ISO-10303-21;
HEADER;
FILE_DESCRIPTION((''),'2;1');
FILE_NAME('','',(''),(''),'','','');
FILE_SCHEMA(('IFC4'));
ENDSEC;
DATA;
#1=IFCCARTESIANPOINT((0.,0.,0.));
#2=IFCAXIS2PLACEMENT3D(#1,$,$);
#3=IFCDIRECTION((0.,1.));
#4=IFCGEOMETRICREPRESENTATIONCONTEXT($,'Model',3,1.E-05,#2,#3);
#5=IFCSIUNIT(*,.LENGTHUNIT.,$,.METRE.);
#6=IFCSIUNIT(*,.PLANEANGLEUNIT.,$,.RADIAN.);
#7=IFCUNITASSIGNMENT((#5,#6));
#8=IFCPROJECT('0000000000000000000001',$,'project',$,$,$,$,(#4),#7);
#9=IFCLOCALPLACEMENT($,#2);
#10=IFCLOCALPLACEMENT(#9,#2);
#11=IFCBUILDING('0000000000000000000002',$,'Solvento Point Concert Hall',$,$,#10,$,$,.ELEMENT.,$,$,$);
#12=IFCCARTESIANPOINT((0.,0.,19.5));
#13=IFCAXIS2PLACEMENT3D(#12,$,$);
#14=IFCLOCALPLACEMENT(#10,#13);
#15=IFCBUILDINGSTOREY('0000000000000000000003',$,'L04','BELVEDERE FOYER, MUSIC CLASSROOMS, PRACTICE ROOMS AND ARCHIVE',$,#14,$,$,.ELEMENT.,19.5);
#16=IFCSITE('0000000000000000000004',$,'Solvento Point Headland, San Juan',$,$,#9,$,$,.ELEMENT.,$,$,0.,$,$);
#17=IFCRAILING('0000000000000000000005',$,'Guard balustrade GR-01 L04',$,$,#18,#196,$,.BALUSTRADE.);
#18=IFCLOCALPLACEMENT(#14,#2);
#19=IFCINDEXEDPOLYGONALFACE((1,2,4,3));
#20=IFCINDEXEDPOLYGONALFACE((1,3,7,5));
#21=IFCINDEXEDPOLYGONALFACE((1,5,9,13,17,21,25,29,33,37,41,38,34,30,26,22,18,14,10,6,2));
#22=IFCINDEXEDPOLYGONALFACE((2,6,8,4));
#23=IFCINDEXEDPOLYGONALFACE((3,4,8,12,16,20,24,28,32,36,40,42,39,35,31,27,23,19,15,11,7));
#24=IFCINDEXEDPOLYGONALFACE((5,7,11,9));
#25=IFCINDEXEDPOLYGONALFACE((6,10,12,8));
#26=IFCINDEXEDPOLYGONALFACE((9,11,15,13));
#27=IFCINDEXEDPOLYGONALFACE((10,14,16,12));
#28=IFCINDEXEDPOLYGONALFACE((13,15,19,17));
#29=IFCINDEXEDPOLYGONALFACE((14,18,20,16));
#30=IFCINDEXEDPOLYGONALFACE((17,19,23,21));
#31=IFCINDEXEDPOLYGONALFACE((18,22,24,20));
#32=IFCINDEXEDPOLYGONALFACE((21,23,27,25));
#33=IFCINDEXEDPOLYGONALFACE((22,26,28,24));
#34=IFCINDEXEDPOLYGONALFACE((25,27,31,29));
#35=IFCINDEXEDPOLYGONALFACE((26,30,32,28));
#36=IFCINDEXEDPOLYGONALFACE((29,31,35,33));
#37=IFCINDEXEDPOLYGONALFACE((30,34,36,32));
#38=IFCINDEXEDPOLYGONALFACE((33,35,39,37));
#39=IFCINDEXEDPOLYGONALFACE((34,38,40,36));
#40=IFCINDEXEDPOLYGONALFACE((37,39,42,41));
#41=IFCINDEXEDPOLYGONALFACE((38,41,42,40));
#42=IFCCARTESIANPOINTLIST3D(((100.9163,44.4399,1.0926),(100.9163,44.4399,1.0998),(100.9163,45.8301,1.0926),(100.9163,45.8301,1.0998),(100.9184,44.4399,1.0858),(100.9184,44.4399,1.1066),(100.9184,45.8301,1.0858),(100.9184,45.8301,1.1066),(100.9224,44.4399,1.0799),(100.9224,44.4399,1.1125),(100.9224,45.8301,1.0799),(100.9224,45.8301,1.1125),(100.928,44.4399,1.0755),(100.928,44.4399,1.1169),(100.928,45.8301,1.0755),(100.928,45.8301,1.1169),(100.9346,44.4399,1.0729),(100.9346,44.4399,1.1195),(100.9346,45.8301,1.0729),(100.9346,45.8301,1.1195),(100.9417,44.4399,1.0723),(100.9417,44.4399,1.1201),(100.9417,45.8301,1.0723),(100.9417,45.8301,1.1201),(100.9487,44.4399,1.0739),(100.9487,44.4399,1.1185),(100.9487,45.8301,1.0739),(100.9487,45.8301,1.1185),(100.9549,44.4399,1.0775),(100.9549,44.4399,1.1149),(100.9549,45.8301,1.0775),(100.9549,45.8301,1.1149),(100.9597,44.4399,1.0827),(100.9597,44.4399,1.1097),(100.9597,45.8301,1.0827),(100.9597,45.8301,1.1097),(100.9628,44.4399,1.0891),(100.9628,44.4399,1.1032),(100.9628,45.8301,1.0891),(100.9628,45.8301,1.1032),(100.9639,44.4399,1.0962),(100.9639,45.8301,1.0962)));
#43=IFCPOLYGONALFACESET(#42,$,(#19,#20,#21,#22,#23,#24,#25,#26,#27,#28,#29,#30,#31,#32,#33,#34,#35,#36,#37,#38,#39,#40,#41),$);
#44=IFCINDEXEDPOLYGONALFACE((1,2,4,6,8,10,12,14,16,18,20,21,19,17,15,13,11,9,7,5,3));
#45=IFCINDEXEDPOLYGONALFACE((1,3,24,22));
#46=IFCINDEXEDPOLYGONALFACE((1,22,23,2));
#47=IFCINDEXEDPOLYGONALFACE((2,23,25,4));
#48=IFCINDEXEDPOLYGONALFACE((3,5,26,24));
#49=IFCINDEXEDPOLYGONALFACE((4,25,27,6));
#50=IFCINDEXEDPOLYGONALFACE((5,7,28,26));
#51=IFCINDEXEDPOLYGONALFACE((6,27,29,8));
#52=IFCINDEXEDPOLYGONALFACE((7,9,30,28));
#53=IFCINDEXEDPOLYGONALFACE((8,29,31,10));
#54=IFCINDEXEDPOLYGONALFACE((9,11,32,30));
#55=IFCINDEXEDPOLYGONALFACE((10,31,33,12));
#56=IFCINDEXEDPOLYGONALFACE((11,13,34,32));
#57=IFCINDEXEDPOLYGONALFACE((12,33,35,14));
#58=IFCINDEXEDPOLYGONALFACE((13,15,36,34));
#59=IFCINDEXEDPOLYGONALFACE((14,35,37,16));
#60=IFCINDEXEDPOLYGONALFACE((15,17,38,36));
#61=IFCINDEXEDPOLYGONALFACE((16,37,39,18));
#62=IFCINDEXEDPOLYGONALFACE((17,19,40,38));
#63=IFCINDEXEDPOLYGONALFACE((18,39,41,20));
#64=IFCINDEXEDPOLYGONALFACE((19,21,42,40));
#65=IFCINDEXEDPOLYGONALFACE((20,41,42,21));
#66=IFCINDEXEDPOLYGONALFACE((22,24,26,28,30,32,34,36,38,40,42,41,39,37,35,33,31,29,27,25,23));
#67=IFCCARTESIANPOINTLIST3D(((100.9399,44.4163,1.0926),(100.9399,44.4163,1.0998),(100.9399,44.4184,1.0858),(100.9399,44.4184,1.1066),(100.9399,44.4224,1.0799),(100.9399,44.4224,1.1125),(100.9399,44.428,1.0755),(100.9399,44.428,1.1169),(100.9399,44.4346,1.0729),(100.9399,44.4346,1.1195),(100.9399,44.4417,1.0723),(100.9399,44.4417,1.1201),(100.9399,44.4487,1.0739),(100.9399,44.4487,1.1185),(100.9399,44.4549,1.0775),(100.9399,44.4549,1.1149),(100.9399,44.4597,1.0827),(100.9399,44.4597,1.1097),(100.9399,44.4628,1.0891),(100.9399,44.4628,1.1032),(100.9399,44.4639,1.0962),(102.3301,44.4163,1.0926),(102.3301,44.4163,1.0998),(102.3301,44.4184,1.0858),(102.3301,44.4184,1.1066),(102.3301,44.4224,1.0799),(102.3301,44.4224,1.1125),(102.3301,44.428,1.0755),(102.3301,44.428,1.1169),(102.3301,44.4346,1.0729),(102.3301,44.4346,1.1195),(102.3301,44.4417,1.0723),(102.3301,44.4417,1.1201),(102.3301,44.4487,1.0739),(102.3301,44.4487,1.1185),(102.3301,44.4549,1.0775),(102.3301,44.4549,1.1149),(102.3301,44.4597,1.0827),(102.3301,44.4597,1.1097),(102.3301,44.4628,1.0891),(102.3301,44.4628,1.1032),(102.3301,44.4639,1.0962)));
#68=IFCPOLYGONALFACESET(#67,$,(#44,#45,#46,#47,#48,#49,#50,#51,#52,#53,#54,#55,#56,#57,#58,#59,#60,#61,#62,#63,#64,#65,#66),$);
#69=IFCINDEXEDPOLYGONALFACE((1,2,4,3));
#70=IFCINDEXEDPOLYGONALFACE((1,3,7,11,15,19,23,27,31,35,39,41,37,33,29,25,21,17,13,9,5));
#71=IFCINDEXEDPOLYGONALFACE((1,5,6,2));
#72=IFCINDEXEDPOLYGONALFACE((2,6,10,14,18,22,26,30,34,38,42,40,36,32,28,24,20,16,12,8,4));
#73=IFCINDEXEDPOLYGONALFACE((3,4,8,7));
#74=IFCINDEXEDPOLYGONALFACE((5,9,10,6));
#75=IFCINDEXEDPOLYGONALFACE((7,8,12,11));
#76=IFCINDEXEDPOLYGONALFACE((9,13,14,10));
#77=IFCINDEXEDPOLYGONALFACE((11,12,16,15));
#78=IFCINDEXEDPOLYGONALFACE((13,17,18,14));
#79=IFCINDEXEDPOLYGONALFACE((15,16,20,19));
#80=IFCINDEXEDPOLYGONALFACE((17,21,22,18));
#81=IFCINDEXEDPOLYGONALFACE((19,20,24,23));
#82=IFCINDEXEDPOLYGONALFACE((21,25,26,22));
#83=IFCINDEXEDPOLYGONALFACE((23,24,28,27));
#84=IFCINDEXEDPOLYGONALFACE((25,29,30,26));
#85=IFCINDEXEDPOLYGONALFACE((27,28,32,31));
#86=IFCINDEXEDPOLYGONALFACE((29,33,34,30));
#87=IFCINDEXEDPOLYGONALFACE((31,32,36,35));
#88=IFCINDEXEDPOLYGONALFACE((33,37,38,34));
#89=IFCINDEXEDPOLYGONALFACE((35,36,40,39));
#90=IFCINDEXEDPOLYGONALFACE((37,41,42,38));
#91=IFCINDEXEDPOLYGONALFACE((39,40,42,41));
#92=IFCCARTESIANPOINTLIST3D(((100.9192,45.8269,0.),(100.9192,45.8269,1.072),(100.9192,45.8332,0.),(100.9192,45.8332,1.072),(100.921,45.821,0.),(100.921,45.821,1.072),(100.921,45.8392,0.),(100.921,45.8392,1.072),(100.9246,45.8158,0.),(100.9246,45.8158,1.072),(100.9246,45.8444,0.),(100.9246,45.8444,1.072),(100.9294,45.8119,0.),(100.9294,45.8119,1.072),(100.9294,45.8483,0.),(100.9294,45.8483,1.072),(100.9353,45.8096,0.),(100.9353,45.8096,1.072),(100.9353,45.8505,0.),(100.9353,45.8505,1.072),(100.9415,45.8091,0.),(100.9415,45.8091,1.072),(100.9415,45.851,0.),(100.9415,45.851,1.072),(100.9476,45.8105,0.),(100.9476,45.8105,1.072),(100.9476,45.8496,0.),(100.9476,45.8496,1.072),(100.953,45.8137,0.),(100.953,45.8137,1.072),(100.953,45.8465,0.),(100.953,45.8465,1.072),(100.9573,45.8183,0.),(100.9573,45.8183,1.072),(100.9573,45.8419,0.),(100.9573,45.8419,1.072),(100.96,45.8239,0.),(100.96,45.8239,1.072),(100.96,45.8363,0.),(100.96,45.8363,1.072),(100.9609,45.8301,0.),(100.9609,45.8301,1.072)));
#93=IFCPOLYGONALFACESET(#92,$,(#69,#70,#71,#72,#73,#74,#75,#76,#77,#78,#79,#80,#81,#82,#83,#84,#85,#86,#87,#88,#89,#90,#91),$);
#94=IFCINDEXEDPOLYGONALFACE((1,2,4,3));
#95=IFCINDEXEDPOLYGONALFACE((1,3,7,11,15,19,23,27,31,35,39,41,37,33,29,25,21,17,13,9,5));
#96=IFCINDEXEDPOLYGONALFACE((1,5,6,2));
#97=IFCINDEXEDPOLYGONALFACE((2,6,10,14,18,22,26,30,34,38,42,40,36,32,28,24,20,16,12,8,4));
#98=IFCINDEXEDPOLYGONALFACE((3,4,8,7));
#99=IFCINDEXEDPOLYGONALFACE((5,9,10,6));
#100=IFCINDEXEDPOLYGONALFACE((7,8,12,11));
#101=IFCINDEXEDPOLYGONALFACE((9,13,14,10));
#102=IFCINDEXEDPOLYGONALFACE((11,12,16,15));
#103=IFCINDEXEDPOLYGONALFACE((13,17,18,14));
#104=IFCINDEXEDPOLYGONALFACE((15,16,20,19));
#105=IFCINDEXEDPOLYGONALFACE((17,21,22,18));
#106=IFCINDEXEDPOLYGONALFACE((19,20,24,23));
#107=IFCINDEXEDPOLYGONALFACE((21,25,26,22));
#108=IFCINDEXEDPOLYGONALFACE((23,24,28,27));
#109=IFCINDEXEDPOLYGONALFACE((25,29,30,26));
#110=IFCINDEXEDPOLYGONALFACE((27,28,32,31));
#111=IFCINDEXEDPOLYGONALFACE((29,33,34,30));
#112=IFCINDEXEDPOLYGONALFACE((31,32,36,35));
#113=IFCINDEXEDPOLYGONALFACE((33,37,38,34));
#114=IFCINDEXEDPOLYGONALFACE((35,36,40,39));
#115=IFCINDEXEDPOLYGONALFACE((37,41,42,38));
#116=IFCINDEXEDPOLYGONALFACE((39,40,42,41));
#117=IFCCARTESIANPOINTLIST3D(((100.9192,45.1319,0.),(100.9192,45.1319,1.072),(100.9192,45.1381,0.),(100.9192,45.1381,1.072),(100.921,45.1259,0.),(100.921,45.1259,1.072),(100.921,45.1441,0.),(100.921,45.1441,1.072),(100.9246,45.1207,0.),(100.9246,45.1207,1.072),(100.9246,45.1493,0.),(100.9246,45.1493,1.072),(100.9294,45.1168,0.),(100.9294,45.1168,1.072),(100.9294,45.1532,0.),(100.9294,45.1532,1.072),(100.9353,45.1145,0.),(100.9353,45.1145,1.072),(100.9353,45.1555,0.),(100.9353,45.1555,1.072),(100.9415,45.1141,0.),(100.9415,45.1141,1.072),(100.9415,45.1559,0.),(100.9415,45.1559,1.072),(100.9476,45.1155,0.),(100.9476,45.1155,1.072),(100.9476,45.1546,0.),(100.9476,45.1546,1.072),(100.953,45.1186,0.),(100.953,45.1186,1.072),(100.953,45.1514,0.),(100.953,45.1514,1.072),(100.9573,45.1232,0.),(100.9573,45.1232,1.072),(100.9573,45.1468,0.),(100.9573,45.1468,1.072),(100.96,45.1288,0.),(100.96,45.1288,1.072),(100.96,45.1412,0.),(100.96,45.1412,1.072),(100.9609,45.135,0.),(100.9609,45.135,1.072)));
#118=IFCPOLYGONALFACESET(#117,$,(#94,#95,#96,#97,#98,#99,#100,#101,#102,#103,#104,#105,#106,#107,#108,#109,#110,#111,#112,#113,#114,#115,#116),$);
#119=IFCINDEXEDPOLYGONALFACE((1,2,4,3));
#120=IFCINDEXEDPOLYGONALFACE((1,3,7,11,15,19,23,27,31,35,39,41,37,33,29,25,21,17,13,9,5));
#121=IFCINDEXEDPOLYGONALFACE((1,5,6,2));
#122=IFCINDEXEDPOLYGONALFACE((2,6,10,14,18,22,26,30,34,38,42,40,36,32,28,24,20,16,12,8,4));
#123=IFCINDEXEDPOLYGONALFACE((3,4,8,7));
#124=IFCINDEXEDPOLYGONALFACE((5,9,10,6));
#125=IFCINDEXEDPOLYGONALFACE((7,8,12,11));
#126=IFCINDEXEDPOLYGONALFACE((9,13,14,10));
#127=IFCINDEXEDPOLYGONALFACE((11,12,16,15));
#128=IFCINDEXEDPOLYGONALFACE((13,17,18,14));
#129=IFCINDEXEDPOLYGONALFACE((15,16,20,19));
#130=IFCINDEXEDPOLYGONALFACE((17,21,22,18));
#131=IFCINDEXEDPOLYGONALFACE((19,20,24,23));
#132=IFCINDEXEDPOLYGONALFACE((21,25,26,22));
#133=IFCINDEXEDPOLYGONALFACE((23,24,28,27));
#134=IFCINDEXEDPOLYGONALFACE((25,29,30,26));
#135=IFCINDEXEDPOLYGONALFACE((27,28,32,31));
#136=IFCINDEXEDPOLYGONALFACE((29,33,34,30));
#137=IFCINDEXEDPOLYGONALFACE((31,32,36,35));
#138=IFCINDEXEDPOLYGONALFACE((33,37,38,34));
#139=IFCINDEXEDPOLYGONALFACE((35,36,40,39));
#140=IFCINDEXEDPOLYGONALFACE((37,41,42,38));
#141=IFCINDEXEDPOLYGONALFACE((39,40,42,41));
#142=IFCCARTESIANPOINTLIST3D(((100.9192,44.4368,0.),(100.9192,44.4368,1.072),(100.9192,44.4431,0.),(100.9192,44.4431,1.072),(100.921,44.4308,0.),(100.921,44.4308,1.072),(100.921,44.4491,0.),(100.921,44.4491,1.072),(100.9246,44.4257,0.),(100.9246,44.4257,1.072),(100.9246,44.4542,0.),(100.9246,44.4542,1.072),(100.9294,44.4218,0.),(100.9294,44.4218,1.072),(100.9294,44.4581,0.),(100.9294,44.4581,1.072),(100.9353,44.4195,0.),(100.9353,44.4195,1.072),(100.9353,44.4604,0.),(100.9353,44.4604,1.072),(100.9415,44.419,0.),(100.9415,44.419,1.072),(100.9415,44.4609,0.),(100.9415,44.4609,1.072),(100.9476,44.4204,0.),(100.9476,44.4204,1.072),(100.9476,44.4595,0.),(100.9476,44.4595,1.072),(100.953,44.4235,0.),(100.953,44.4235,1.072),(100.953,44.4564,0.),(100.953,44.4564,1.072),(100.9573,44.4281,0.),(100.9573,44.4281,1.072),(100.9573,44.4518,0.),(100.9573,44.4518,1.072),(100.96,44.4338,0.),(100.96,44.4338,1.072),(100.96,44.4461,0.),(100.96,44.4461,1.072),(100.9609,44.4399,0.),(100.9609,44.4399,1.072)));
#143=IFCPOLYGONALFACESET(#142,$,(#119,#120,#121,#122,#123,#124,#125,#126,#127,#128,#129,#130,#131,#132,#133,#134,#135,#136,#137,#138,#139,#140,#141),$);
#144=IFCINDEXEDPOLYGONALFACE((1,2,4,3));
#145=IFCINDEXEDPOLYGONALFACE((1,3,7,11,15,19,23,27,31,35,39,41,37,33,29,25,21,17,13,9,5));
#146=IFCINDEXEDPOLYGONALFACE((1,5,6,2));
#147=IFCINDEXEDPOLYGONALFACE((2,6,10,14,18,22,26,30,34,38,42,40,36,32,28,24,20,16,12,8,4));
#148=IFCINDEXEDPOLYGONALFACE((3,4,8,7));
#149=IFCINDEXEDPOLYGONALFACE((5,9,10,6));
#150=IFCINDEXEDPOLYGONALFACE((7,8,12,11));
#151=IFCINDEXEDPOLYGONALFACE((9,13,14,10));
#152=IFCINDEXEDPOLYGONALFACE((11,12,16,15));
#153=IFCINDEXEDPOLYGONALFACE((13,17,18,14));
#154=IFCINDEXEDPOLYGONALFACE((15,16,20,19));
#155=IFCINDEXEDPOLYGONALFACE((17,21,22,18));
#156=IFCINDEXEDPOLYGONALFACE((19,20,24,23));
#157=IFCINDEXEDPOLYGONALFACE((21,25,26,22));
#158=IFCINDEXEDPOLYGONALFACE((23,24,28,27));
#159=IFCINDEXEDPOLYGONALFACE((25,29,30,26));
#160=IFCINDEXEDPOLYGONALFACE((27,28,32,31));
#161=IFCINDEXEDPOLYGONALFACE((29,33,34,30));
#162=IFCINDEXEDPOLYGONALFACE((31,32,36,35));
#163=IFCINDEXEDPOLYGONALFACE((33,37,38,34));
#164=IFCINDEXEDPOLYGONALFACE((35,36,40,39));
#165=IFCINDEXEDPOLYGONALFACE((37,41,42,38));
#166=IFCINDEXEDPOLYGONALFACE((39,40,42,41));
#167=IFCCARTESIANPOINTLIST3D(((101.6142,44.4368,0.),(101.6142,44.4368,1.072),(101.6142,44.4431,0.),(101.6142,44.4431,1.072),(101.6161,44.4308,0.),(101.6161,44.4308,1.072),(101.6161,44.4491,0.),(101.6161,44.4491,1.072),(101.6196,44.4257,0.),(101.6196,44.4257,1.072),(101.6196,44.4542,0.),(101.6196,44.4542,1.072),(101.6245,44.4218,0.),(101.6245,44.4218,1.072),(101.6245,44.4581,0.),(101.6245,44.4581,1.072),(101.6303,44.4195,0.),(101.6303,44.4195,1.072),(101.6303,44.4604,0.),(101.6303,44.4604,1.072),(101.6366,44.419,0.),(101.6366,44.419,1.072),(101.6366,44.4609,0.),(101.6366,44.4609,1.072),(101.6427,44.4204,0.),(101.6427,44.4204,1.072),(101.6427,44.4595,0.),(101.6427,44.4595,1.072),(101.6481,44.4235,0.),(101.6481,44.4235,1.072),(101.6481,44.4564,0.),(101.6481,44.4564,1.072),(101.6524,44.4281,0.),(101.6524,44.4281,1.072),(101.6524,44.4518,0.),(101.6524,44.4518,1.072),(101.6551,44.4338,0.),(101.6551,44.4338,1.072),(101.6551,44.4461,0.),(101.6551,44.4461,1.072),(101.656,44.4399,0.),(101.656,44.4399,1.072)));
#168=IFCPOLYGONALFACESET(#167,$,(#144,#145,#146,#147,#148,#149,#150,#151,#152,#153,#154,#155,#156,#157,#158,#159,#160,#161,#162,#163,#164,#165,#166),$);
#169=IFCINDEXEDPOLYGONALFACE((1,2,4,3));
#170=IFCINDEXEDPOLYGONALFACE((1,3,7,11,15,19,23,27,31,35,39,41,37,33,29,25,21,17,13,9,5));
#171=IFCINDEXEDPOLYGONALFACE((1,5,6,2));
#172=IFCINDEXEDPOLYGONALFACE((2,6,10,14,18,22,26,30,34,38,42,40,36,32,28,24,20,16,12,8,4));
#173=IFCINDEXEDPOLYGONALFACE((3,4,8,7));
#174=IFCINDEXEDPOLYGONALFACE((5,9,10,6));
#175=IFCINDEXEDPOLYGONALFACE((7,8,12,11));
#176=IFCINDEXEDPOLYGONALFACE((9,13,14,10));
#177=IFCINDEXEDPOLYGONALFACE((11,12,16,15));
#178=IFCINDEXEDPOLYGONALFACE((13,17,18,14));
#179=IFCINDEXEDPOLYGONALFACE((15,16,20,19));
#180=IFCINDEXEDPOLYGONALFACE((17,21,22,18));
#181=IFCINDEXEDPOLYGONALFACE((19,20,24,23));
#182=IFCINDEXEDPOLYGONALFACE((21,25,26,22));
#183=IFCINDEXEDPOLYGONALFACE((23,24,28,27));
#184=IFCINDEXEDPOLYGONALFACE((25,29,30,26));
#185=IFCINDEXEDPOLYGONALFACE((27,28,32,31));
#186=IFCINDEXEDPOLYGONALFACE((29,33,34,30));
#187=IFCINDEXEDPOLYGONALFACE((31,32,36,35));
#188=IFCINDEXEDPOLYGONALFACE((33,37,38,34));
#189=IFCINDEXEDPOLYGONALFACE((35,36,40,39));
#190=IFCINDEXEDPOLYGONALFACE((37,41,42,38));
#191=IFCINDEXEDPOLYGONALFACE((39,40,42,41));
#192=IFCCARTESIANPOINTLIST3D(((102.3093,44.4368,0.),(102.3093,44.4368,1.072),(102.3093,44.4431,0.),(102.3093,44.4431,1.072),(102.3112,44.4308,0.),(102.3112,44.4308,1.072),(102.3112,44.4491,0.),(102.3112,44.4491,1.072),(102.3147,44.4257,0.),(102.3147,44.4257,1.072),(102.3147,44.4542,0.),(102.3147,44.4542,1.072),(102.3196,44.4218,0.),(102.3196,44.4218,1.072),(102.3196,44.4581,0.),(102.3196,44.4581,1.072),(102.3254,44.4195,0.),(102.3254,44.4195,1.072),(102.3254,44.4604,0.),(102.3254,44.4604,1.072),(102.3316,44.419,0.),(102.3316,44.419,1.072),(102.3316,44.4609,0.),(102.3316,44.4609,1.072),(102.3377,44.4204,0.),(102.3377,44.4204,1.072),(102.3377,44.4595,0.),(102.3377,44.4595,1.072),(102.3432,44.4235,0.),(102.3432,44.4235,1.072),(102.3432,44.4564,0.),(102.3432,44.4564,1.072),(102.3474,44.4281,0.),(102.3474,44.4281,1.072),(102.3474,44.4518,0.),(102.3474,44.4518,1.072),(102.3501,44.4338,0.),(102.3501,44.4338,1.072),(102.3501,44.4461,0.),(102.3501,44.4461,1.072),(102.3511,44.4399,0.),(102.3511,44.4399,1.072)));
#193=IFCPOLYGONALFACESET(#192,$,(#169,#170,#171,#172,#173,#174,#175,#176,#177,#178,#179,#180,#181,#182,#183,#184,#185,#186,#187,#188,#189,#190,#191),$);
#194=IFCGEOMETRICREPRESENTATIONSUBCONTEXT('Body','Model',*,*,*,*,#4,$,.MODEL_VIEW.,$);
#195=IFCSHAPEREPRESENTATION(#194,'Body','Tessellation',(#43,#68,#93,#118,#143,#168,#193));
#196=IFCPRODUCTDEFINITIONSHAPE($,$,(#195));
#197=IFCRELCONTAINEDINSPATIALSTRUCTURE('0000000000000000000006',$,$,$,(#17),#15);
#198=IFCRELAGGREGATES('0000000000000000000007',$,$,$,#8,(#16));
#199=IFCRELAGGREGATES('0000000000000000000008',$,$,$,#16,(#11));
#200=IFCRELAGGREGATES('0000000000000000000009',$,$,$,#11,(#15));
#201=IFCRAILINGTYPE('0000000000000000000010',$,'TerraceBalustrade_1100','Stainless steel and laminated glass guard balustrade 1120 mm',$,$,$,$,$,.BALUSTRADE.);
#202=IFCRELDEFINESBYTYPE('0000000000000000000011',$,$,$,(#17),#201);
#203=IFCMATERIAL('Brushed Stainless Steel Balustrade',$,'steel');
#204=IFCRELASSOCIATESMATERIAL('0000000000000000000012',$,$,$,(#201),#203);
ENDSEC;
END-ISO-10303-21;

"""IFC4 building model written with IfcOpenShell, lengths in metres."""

from ifc_helpers import new_model, si_unit, direction, frame, origin, origin_2d, place, context, subcontext, project, spatial, circle, extrude, material, type_object, element, save


model = new_model("IFC4")

# Units and contexts
model_context = context("Model", 3, precision=1e-05, world=origin(), true_north=direction((0.0, 1.0)))
body_context = subcontext(model_context, "Body", "Model", "MODEL_VIEW")
ifc_project = project(units=[si_unit("LENGTHUNIT", "METRE"), si_unit("PLANEANGLEUNIT", "RADIAN")], contexts=[model_context])

# Site, building, storey
site_placement = place(None, origin())
site = spatial("IfcSite", under=ifc_project, at=site_placement, Name="Solvento Point Headland, San Juan", CompositionType="ELEMENT", RefElevation=0.0)
building_placement = place(site_placement, origin())
building = spatial("IfcBuilding", under=site, at=building_placement, Name="Solvento Point Concert Hall", CompositionType="ELEMENT")
storey_placement = place(building_placement, frame((0.0, 0.0, 19.5)))
storey = spatial("IfcBuildingStorey", under=building, at=storey_placement, Name="L04", Description="BELVEDERE FOYER, MUSIC CLASSROOMS, PRACTICE ROOMS AND ARCHIVE", CompositionType="ELEMENT", Elevation=19.5)

# Railing
ifc_material_1 = material(Name="Brushed Stainless Steel Balustrade", Category="steel")
railing_type_1 = type_object("IfcRailingType", Name="TerraceBalustrade_1100", Description="Stainless steel and laminated glass guard balustrade 1120 mm", PredefinedType="BALUSTRADE", material=ifc_material_1)
railing_1_placement = place(storey_placement, frame((100.9399, 45.8301, 0.0)))
element("IfcRailing", 1, at=railing_1_placement, inside=storey, type_object=railing_type_1, Name="Guard balustrade GR-01 L04", PredefinedType="BALUSTRADE", context=body_context, shape_type="SweptSolid", body=[
    extrude(circle(Radius=0.0239, at=origin_2d()), frame((0.0, 0.0, 1.0962), z_axis=(0.0, -1.0, 0.0), x_axis=(1.0, 0.0, 0.0)), (0.0, 0.0, 1.0), 1.3901),
    extrude(circle(Radius=0.0239, at=origin_2d()), frame((0.0, -1.3901, 1.0962), z_axis=(1.0, 0.0, 0.0), x_axis=(0.0, 1.0, 0.0)), (0.0, 0.0, 1.0), 1.3901),
    extrude(circle(Radius=0.021, at=origin_2d()), origin(), (0.0, 0.0, 1.0), 1.072),
    extrude(circle(Radius=0.021, at=origin_2d()), frame((0.0, -0.6951, 0.0)), (0.0, 0.0, 1.0), 1.072),
    extrude(circle(Radius=0.021, at=origin_2d()), frame((0.0, -1.3901, 0.0)), (0.0, 0.0, 1.0), 1.072),
    extrude(circle(Radius=0.021, at=origin_2d()), frame((0.6951, -1.3901, 0.0)), (0.0, 0.0, 1.0), 1.072),
    extrude(circle(Radius=0.021, at=origin_2d()), frame((1.3901, -1.3901, 0.0)), (0.0, 0.0, 1.0), 1.072),
])

save(model, "model.ifc")
